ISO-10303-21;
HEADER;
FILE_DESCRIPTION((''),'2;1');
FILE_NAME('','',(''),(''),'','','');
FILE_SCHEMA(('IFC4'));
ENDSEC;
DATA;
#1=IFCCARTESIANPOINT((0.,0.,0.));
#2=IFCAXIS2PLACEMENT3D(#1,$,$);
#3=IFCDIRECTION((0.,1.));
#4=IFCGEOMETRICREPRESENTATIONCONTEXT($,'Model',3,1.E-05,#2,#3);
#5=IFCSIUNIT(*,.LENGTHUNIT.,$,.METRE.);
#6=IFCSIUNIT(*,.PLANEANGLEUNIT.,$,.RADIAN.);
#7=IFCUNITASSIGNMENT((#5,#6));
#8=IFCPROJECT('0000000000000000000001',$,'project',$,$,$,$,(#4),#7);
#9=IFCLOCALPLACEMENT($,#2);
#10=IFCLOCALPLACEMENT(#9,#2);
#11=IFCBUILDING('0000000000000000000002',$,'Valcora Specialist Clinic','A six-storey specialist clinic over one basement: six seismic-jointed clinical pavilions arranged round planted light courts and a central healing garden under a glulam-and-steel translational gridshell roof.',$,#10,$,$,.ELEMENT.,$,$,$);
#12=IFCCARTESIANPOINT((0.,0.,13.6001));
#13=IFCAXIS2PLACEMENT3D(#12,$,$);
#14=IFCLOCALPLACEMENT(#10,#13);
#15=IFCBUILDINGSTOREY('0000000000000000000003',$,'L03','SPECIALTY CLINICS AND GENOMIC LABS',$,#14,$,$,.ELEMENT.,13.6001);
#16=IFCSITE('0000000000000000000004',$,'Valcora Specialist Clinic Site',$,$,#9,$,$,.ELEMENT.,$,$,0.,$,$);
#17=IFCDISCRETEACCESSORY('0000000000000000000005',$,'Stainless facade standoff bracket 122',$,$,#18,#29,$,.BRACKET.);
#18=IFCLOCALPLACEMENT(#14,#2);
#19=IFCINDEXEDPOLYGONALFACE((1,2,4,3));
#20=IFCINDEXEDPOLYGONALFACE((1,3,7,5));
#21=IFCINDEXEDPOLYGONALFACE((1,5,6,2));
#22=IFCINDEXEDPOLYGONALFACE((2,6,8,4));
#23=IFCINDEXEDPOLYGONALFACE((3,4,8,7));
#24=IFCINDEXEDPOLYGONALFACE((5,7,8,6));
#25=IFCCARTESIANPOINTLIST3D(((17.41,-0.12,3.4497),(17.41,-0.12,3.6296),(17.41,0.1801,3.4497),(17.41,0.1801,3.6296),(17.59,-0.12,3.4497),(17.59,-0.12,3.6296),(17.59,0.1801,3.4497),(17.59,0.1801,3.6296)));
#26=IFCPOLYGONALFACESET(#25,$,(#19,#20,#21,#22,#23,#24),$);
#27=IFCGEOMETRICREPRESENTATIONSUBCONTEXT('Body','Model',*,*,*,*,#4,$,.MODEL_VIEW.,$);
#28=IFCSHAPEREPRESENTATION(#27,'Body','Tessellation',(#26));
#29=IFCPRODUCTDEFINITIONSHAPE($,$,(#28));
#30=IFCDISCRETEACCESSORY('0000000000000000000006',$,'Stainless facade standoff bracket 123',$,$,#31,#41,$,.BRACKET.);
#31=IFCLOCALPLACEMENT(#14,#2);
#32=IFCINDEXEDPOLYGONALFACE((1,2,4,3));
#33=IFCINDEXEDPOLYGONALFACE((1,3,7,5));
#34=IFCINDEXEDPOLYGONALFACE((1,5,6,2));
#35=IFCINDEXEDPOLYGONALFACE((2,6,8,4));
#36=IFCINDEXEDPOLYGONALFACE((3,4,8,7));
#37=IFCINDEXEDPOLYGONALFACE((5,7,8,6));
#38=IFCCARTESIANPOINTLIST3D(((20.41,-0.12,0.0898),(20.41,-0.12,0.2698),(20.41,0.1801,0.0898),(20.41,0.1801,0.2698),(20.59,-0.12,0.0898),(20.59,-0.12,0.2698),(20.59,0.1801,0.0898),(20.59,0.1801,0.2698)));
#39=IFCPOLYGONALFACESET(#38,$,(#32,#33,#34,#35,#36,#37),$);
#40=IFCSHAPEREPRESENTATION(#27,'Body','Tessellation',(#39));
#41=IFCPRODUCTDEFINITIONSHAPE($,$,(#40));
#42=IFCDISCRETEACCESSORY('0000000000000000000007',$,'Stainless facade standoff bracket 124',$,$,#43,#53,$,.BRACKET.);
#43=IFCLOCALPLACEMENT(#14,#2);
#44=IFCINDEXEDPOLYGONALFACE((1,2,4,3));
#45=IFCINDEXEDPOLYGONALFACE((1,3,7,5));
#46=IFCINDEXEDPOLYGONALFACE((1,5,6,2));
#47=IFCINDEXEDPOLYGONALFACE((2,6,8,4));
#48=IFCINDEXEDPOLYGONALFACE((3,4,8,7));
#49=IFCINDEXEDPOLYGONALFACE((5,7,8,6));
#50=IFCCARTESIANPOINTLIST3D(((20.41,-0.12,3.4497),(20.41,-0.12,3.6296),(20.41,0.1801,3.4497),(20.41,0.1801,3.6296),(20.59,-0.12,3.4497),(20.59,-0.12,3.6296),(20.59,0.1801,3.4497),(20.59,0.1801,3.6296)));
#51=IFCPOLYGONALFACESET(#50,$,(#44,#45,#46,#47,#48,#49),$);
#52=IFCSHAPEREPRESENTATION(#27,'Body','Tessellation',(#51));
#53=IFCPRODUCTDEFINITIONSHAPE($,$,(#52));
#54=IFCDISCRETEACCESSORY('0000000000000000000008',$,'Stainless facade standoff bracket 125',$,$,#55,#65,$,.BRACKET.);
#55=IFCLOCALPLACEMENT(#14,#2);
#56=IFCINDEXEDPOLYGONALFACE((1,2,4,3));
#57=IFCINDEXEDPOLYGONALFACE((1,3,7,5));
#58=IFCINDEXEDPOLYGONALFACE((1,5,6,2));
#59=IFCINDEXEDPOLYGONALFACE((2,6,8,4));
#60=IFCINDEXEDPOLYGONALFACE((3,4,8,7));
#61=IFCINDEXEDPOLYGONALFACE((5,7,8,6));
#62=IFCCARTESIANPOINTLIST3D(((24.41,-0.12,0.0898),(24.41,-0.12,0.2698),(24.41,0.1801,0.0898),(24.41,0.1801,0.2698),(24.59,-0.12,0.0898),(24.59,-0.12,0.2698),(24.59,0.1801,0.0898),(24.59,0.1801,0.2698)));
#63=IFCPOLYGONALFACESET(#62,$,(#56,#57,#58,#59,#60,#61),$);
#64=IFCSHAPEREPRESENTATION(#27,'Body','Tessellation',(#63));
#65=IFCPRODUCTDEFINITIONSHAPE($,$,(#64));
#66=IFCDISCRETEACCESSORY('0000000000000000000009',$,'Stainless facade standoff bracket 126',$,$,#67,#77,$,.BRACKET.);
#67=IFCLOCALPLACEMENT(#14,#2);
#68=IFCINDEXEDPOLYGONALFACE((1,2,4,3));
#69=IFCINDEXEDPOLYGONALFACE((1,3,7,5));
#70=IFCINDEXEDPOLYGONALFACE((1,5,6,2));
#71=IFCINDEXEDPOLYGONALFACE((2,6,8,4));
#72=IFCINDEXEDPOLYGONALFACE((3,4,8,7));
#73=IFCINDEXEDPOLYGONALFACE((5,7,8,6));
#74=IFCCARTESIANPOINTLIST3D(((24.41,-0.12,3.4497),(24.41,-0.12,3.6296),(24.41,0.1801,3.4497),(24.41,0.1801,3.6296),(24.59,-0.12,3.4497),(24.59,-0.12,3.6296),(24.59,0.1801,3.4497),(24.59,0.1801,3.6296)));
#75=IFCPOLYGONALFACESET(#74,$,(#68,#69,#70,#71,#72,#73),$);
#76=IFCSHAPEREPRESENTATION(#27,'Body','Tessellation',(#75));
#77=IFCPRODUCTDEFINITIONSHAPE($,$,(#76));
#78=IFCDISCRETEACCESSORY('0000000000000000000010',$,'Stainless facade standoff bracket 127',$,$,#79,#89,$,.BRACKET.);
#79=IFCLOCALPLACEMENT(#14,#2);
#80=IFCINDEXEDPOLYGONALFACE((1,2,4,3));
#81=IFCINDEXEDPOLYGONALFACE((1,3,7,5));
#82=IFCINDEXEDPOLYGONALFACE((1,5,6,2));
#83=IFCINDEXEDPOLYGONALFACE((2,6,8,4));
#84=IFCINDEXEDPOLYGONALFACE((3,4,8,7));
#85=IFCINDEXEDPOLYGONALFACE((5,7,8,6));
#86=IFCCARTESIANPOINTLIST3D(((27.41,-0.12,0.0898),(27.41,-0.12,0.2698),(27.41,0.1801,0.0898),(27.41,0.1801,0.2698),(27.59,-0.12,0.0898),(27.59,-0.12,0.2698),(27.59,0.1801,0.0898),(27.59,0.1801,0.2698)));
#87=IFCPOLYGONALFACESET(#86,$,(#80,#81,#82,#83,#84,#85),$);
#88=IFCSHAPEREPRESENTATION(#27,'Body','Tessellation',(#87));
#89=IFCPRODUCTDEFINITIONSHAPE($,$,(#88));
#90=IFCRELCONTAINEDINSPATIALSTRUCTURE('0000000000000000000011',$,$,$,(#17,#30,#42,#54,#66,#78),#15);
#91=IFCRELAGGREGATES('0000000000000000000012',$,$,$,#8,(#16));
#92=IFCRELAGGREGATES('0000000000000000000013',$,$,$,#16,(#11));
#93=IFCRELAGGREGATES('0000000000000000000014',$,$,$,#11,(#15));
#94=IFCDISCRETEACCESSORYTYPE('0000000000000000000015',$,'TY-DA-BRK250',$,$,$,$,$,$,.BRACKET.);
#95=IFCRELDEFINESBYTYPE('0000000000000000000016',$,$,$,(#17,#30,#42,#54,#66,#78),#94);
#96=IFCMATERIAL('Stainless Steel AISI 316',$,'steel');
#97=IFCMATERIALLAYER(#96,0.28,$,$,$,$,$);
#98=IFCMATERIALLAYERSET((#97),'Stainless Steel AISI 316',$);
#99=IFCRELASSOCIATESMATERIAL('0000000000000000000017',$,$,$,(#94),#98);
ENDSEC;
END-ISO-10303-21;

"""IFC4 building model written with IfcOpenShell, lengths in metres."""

from ifc_helpers import new_model, si_unit, direction, frame, origin, origin_2d, place, context, subcontext, project, spatial, rectangle, extrude, material, layer, layer_set, type_object, element, save


model = new_model("IFC4")

# Units and contexts
model_context = context("Model", 3, precision=1e-05, world=origin(), true_north=direction((0.0, 1.0)))
body_context = subcontext(model_context, "Body", "Model", "MODEL_VIEW")
ifc_project = project(units=[si_unit("LENGTHUNIT", "METRE"), si_unit("PLANEANGLEUNIT", "RADIAN")], contexts=[model_context])

# Site, building, storey
site_placement = place(None, origin())
site = spatial("IfcSite", under=ifc_project, at=site_placement, Name="Valcora Specialist Clinic Site", CompositionType="ELEMENT", RefElevation=0.0)
building_placement = place(site_placement, origin())
building = spatial("IfcBuilding", under=site, at=building_placement, Name="Valcora Specialist Clinic", Description="A six-storey specialist clinic over one basement: six seismic-jointed clinical pavilions arranged round planted light courts and a central healing garden under a glulam-and-steel translational gridshell roof.", CompositionType="ELEMENT")
storey_placement = place(building_placement, frame((0.0, 0.0, 13.6001)))
storey = spatial("IfcBuildingStorey", under=building, at=storey_placement, Name="L03", Description="SPECIALTY CLINICS AND GENOMIC LABS", CompositionType="ELEMENT", Elevation=13.6001)

# Shared definitions
ifc_material_1 = material(Name="Stainless Steel AISI 316", Category="steel")

# Discrete accessories
ifc_layer_1 = layer(ifc_material_1, 0.28)
ifc_layer_set_1 = layer_set([ifc_layer_1], Name="Stainless Steel AISI 316")
discrete_accessory_type = type_object("IfcDiscreteAccessoryType", Name="TY-DA-BRK250", PredefinedType="BRACKET", material=ifc_layer_set_1)
for number, where, z_axis, x_axis, name in (
    (1, (17.5, 0.03, 3.4497), (0.0, 0.0, 1.0), (1.0, 0.0, 0.0), "Stainless facade standoff bracket 122"),
    (2, (20.5, 0.03, 0.0898), (0.0, 0.0, 1.0), (1.0, 0.0, 0.0), "Stainless facade standoff bracket 123"),
    (3, (20.5, 0.03, 3.4497), (0.0, 0.0, 1.0), (1.0, 0.0, 0.0), "Stainless facade standoff bracket 124"),
    (4, (24.5, 0.03, 0.0898), (0.0, 0.0, 1.0), (1.0, 0.0, 0.0), "Stainless facade standoff bracket 125"),
    (5, (24.5, 0.03, 3.4497), (0.0, 0.0, 1.0), (1.0, 0.0, 0.0), "Stainless facade standoff bracket 126"),
    (6, (27.5, 0.03, 0.0898), (0.0, 0.0, 1.0), (1.0, 0.0, 0.0), "Stainless facade standoff bracket 127"),
):
    element("IfcDiscreteAccessory", number, at=place(storey_placement, frame(where, z_axis=z_axis, x_axis=x_axis)), inside=storey, type_object=discrete_accessory_type, Name=name, PredefinedType="BRACKET", context=body_context, shape_type="SweptSolid", body=[
        extrude(rectangle(XDim=0.1799, YDim=0.3, at=origin_2d()), origin(), (0.0, 0.0, 1.0), 0.1799),
    ])

save(model, "model.ifc")
